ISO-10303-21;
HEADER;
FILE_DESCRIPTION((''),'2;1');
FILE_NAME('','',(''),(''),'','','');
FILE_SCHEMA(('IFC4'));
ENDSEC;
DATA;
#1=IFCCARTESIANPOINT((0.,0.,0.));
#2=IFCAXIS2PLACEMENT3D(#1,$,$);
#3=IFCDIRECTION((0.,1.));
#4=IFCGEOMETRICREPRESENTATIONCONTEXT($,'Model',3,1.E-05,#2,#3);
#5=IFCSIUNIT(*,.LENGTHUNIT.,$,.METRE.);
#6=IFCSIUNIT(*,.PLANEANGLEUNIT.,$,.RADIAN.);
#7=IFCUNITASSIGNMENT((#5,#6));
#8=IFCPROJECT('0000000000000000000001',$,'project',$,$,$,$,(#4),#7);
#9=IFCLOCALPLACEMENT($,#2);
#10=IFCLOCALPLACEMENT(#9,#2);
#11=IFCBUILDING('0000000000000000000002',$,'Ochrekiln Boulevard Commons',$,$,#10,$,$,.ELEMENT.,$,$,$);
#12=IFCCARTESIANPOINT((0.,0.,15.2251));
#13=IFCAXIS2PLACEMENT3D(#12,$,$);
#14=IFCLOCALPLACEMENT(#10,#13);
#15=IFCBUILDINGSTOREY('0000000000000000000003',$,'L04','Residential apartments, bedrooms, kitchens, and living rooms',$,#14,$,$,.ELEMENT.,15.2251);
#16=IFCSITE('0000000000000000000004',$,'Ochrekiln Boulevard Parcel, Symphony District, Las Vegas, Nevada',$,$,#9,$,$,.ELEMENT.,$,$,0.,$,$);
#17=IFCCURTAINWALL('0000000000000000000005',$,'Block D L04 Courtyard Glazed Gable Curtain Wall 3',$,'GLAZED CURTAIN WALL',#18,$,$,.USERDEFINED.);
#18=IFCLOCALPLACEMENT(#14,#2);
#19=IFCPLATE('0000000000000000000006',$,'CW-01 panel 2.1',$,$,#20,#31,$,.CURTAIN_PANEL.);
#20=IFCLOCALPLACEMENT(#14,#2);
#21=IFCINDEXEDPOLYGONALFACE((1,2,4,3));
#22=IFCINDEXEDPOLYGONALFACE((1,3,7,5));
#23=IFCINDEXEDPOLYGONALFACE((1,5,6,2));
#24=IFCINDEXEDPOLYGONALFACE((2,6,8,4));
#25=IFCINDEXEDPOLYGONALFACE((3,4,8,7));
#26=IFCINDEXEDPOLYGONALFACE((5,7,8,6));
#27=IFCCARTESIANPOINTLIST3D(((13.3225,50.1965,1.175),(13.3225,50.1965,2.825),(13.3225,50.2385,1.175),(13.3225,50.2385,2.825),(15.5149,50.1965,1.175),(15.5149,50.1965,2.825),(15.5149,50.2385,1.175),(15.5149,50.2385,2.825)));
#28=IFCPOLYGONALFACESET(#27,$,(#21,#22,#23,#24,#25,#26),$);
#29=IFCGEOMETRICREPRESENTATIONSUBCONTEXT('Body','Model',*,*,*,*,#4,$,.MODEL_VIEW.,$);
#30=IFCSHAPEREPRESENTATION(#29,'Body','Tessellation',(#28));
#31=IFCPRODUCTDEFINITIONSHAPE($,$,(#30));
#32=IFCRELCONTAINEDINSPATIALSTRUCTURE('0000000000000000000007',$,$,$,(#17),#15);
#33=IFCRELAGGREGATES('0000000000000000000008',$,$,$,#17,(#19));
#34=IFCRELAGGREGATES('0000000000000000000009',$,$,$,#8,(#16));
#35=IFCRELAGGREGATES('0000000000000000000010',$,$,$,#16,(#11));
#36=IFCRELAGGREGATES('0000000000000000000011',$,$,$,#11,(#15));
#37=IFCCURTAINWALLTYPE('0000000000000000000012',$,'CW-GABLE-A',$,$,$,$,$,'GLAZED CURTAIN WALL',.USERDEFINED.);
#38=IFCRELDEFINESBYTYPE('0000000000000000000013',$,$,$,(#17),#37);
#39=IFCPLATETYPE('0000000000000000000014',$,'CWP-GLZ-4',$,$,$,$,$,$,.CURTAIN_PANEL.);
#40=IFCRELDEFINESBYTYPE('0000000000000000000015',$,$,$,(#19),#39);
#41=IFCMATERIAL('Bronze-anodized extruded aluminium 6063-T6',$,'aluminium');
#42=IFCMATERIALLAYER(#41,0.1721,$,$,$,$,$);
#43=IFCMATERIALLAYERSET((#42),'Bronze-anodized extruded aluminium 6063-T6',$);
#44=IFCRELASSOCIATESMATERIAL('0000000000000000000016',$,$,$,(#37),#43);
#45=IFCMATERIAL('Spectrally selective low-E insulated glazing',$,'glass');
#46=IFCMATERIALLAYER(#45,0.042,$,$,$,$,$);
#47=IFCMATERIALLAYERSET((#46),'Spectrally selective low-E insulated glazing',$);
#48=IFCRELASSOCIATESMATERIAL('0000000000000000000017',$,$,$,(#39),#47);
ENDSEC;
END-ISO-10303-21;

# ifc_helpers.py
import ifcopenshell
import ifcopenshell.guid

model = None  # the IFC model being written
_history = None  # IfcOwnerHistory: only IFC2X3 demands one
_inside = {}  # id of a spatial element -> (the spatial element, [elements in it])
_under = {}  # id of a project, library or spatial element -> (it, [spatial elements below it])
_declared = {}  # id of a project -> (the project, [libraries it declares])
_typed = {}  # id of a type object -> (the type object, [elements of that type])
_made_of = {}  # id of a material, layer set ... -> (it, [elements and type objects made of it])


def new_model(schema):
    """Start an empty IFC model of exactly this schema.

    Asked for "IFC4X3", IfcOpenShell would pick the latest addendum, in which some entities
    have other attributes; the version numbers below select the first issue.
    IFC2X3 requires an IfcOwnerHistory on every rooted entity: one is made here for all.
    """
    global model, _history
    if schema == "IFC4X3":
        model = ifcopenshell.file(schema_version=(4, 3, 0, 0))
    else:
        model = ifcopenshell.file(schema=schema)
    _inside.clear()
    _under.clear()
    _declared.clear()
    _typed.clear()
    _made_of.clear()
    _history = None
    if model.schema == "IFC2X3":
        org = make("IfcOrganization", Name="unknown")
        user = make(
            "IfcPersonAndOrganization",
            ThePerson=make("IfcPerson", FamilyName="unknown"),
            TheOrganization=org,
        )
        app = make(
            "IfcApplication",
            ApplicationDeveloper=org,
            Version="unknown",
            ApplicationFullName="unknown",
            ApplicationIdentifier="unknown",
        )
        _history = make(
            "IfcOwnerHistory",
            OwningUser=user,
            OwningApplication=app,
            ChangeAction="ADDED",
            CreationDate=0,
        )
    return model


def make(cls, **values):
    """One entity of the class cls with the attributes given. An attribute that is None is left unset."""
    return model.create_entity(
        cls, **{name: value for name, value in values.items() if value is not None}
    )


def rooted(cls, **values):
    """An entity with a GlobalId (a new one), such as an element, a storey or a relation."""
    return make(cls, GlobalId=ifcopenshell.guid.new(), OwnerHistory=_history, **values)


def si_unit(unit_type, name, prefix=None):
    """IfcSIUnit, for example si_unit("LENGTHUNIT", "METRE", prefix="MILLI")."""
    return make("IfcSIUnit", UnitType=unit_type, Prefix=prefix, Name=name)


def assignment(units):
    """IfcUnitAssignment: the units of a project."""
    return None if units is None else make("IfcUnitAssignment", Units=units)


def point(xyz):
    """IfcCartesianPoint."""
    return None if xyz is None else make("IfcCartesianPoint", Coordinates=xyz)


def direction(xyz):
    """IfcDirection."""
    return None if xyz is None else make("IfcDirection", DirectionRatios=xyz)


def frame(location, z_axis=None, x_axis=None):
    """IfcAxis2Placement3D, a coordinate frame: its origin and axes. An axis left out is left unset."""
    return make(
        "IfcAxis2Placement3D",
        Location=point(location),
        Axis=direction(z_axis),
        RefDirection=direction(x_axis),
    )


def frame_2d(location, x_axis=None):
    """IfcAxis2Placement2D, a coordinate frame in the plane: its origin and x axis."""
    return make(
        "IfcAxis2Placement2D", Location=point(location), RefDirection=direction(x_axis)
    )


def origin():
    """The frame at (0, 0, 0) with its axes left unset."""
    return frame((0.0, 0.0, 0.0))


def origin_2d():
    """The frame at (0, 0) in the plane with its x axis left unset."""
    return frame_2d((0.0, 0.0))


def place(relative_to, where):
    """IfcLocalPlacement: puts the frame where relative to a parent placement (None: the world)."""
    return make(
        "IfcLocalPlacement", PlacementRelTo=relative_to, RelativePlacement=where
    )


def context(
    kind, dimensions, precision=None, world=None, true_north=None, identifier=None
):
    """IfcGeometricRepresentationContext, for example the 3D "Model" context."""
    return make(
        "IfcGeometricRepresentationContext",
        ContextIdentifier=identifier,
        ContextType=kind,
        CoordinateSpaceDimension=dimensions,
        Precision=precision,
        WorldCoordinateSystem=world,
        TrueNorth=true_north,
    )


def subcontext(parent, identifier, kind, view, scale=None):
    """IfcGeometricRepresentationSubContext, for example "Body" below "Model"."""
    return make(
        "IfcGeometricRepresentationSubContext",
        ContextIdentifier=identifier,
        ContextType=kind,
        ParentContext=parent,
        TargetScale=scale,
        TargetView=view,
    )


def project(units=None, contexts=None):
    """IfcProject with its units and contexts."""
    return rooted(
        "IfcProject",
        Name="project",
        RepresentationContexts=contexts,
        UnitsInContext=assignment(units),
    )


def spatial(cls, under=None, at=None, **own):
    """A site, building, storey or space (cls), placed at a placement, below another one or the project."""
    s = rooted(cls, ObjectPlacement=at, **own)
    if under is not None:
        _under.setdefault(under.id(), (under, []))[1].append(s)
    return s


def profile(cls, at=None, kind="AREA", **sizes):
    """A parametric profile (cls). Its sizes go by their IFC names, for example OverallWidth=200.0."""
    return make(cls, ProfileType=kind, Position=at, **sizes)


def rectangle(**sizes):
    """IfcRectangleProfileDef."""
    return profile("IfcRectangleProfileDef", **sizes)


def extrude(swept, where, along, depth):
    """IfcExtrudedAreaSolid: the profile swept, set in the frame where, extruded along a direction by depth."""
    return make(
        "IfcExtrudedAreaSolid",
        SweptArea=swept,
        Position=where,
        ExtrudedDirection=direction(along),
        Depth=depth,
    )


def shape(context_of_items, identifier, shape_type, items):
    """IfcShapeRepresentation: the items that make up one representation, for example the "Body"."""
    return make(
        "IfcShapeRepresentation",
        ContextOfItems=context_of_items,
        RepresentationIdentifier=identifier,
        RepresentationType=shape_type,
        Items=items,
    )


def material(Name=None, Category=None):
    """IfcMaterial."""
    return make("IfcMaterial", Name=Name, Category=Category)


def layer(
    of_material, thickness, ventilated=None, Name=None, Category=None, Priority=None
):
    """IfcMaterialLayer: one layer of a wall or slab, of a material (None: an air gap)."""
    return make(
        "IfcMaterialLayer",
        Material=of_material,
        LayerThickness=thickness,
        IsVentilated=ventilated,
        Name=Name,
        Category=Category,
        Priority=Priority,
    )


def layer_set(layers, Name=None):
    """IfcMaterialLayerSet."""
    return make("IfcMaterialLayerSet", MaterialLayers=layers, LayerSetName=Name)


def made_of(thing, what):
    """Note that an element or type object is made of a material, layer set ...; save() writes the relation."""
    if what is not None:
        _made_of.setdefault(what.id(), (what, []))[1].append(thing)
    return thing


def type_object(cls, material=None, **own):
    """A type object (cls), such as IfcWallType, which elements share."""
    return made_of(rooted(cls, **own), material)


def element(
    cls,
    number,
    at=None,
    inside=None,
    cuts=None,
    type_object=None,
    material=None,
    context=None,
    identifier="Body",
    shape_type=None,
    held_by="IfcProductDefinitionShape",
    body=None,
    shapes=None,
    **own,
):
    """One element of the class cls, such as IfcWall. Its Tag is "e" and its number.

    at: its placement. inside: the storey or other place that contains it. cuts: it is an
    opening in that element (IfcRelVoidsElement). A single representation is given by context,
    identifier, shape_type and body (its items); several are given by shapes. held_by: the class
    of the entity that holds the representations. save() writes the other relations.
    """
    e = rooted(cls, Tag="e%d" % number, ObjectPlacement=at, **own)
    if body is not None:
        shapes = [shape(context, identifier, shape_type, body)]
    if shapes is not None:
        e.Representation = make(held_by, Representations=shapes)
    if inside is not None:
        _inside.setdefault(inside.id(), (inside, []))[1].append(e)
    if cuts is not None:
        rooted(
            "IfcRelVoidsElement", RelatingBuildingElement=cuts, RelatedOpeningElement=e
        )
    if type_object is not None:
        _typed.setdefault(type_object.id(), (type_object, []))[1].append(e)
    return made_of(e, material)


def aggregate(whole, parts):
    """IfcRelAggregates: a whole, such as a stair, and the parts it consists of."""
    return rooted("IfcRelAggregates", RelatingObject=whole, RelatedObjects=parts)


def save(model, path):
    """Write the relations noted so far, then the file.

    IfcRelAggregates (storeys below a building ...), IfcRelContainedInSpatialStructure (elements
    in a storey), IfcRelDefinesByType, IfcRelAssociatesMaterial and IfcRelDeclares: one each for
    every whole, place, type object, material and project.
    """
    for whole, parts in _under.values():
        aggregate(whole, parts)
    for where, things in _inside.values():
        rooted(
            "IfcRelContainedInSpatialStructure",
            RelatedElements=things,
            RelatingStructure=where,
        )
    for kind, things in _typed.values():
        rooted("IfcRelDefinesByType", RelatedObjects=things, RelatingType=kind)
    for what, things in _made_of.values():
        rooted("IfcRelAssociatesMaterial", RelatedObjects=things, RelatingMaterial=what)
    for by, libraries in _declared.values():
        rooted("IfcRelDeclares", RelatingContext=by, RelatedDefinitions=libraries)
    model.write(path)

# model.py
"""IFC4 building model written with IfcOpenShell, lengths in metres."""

from ifc_helpers import new_model, si_unit, direction, frame, origin, origin_2d, place, context, subcontext, project, spatial, rectangle, extrude, material, layer, layer_set, type_object, element, aggregate, save


model = new_model("IFC4")

# Units and contexts
model_context = context("Model", 3, precision=1e-05, world=origin(), true_north=direction((0.0, 1.0)))
body_context = subcontext(model_context, "Body", "Model", "MODEL_VIEW")
ifc_project = project(units=[si_unit("LENGTHUNIT", "METRE"), si_unit("PLANEANGLEUNIT", "RADIAN")], contexts=[model_context])

# Site, building, storey
site_placement = place(None, origin())
site = spatial("IfcSite", under=ifc_project, at=site_placement, Name="Ochrekiln Boulevard Parcel, Symphony District, Las Vegas, Nevada", CompositionType="ELEMENT", RefElevation=0.0)
building_placement = place(site_placement, origin())
building = spatial("IfcBuilding", under=site, at=building_placement, Name="Ochrekiln Boulevard Commons", CompositionType="ELEMENT")
storey_placement = place(building_placement, frame((0.0, 0.0, 15.2251)))
storey = spatial("IfcBuildingStorey", under=building, at=storey_placement, Name="L04", Description="Residential apartments, bedrooms, kitchens, and living rooms", CompositionType="ELEMENT", Elevation=15.2251)

# Curtain wall
ifc_material_1 = material(Name="Bronze-anodized extruded aluminium 6063-T6", Category="aluminium")
ifc_layer_1 = layer(ifc_material_1, 0.1721)
ifc_layer_set_1 = layer_set([ifc_layer_1], Name="Bronze-anodized extruded aluminium 6063-T6")
curtain_wall_type = type_object("IfcCurtainWallType", Name="CW-GABLE-A", ElementType="GLAZED CURTAIN WALL", PredefinedType="USERDEFINED", material=ifc_layer_set_1)
curtain_wall_1_placement = place(storey_placement, origin())
curtain_wall_1 = element("IfcCurtainWall", 1, at=curtain_wall_1_placement, inside=storey, type_object=curtain_wall_type, Name="Block D L04 Courtyard Glazed Gable Curtain Wall 3", ObjectType="GLAZED CURTAIN WALL", PredefinedType="USERDEFINED")

# Plate
ifc_material_2 = material(Name="Spectrally selective low-E insulated glazing", Category="glass")
ifc_layer_2 = layer(ifc_material_2, 0.042)
ifc_layer_set_2 = layer_set([ifc_layer_2], Name="Spectrally selective low-E insulated glazing")
plate_type_1 = type_object("IfcPlateType", Name="CWP-GLZ-4", PredefinedType="CURTAIN_PANEL", material=ifc_layer_set_2)
plate_1_placement = place(storey_placement, frame((14.4187, 50.2175, 1.175), z_axis=(0.0, 0.0, 1.0), x_axis=(1.0, 0.0, 0.0)))
plate_1 = element("IfcPlate", 2, at=plate_1_placement, type_object=plate_type_1, Name="CW-01 panel 2.1", PredefinedType="CURTAIN_PANEL", context=body_context, shape_type="SweptSolid", body=[
    extrude(rectangle(XDim=2.1924, YDim=0.042, at=origin_2d()), origin(), (0.0, 0.0, 1.0), 1.6499),
])
aggregate(curtain_wall_1, [plate_1])

save(model, "model.ifc")
